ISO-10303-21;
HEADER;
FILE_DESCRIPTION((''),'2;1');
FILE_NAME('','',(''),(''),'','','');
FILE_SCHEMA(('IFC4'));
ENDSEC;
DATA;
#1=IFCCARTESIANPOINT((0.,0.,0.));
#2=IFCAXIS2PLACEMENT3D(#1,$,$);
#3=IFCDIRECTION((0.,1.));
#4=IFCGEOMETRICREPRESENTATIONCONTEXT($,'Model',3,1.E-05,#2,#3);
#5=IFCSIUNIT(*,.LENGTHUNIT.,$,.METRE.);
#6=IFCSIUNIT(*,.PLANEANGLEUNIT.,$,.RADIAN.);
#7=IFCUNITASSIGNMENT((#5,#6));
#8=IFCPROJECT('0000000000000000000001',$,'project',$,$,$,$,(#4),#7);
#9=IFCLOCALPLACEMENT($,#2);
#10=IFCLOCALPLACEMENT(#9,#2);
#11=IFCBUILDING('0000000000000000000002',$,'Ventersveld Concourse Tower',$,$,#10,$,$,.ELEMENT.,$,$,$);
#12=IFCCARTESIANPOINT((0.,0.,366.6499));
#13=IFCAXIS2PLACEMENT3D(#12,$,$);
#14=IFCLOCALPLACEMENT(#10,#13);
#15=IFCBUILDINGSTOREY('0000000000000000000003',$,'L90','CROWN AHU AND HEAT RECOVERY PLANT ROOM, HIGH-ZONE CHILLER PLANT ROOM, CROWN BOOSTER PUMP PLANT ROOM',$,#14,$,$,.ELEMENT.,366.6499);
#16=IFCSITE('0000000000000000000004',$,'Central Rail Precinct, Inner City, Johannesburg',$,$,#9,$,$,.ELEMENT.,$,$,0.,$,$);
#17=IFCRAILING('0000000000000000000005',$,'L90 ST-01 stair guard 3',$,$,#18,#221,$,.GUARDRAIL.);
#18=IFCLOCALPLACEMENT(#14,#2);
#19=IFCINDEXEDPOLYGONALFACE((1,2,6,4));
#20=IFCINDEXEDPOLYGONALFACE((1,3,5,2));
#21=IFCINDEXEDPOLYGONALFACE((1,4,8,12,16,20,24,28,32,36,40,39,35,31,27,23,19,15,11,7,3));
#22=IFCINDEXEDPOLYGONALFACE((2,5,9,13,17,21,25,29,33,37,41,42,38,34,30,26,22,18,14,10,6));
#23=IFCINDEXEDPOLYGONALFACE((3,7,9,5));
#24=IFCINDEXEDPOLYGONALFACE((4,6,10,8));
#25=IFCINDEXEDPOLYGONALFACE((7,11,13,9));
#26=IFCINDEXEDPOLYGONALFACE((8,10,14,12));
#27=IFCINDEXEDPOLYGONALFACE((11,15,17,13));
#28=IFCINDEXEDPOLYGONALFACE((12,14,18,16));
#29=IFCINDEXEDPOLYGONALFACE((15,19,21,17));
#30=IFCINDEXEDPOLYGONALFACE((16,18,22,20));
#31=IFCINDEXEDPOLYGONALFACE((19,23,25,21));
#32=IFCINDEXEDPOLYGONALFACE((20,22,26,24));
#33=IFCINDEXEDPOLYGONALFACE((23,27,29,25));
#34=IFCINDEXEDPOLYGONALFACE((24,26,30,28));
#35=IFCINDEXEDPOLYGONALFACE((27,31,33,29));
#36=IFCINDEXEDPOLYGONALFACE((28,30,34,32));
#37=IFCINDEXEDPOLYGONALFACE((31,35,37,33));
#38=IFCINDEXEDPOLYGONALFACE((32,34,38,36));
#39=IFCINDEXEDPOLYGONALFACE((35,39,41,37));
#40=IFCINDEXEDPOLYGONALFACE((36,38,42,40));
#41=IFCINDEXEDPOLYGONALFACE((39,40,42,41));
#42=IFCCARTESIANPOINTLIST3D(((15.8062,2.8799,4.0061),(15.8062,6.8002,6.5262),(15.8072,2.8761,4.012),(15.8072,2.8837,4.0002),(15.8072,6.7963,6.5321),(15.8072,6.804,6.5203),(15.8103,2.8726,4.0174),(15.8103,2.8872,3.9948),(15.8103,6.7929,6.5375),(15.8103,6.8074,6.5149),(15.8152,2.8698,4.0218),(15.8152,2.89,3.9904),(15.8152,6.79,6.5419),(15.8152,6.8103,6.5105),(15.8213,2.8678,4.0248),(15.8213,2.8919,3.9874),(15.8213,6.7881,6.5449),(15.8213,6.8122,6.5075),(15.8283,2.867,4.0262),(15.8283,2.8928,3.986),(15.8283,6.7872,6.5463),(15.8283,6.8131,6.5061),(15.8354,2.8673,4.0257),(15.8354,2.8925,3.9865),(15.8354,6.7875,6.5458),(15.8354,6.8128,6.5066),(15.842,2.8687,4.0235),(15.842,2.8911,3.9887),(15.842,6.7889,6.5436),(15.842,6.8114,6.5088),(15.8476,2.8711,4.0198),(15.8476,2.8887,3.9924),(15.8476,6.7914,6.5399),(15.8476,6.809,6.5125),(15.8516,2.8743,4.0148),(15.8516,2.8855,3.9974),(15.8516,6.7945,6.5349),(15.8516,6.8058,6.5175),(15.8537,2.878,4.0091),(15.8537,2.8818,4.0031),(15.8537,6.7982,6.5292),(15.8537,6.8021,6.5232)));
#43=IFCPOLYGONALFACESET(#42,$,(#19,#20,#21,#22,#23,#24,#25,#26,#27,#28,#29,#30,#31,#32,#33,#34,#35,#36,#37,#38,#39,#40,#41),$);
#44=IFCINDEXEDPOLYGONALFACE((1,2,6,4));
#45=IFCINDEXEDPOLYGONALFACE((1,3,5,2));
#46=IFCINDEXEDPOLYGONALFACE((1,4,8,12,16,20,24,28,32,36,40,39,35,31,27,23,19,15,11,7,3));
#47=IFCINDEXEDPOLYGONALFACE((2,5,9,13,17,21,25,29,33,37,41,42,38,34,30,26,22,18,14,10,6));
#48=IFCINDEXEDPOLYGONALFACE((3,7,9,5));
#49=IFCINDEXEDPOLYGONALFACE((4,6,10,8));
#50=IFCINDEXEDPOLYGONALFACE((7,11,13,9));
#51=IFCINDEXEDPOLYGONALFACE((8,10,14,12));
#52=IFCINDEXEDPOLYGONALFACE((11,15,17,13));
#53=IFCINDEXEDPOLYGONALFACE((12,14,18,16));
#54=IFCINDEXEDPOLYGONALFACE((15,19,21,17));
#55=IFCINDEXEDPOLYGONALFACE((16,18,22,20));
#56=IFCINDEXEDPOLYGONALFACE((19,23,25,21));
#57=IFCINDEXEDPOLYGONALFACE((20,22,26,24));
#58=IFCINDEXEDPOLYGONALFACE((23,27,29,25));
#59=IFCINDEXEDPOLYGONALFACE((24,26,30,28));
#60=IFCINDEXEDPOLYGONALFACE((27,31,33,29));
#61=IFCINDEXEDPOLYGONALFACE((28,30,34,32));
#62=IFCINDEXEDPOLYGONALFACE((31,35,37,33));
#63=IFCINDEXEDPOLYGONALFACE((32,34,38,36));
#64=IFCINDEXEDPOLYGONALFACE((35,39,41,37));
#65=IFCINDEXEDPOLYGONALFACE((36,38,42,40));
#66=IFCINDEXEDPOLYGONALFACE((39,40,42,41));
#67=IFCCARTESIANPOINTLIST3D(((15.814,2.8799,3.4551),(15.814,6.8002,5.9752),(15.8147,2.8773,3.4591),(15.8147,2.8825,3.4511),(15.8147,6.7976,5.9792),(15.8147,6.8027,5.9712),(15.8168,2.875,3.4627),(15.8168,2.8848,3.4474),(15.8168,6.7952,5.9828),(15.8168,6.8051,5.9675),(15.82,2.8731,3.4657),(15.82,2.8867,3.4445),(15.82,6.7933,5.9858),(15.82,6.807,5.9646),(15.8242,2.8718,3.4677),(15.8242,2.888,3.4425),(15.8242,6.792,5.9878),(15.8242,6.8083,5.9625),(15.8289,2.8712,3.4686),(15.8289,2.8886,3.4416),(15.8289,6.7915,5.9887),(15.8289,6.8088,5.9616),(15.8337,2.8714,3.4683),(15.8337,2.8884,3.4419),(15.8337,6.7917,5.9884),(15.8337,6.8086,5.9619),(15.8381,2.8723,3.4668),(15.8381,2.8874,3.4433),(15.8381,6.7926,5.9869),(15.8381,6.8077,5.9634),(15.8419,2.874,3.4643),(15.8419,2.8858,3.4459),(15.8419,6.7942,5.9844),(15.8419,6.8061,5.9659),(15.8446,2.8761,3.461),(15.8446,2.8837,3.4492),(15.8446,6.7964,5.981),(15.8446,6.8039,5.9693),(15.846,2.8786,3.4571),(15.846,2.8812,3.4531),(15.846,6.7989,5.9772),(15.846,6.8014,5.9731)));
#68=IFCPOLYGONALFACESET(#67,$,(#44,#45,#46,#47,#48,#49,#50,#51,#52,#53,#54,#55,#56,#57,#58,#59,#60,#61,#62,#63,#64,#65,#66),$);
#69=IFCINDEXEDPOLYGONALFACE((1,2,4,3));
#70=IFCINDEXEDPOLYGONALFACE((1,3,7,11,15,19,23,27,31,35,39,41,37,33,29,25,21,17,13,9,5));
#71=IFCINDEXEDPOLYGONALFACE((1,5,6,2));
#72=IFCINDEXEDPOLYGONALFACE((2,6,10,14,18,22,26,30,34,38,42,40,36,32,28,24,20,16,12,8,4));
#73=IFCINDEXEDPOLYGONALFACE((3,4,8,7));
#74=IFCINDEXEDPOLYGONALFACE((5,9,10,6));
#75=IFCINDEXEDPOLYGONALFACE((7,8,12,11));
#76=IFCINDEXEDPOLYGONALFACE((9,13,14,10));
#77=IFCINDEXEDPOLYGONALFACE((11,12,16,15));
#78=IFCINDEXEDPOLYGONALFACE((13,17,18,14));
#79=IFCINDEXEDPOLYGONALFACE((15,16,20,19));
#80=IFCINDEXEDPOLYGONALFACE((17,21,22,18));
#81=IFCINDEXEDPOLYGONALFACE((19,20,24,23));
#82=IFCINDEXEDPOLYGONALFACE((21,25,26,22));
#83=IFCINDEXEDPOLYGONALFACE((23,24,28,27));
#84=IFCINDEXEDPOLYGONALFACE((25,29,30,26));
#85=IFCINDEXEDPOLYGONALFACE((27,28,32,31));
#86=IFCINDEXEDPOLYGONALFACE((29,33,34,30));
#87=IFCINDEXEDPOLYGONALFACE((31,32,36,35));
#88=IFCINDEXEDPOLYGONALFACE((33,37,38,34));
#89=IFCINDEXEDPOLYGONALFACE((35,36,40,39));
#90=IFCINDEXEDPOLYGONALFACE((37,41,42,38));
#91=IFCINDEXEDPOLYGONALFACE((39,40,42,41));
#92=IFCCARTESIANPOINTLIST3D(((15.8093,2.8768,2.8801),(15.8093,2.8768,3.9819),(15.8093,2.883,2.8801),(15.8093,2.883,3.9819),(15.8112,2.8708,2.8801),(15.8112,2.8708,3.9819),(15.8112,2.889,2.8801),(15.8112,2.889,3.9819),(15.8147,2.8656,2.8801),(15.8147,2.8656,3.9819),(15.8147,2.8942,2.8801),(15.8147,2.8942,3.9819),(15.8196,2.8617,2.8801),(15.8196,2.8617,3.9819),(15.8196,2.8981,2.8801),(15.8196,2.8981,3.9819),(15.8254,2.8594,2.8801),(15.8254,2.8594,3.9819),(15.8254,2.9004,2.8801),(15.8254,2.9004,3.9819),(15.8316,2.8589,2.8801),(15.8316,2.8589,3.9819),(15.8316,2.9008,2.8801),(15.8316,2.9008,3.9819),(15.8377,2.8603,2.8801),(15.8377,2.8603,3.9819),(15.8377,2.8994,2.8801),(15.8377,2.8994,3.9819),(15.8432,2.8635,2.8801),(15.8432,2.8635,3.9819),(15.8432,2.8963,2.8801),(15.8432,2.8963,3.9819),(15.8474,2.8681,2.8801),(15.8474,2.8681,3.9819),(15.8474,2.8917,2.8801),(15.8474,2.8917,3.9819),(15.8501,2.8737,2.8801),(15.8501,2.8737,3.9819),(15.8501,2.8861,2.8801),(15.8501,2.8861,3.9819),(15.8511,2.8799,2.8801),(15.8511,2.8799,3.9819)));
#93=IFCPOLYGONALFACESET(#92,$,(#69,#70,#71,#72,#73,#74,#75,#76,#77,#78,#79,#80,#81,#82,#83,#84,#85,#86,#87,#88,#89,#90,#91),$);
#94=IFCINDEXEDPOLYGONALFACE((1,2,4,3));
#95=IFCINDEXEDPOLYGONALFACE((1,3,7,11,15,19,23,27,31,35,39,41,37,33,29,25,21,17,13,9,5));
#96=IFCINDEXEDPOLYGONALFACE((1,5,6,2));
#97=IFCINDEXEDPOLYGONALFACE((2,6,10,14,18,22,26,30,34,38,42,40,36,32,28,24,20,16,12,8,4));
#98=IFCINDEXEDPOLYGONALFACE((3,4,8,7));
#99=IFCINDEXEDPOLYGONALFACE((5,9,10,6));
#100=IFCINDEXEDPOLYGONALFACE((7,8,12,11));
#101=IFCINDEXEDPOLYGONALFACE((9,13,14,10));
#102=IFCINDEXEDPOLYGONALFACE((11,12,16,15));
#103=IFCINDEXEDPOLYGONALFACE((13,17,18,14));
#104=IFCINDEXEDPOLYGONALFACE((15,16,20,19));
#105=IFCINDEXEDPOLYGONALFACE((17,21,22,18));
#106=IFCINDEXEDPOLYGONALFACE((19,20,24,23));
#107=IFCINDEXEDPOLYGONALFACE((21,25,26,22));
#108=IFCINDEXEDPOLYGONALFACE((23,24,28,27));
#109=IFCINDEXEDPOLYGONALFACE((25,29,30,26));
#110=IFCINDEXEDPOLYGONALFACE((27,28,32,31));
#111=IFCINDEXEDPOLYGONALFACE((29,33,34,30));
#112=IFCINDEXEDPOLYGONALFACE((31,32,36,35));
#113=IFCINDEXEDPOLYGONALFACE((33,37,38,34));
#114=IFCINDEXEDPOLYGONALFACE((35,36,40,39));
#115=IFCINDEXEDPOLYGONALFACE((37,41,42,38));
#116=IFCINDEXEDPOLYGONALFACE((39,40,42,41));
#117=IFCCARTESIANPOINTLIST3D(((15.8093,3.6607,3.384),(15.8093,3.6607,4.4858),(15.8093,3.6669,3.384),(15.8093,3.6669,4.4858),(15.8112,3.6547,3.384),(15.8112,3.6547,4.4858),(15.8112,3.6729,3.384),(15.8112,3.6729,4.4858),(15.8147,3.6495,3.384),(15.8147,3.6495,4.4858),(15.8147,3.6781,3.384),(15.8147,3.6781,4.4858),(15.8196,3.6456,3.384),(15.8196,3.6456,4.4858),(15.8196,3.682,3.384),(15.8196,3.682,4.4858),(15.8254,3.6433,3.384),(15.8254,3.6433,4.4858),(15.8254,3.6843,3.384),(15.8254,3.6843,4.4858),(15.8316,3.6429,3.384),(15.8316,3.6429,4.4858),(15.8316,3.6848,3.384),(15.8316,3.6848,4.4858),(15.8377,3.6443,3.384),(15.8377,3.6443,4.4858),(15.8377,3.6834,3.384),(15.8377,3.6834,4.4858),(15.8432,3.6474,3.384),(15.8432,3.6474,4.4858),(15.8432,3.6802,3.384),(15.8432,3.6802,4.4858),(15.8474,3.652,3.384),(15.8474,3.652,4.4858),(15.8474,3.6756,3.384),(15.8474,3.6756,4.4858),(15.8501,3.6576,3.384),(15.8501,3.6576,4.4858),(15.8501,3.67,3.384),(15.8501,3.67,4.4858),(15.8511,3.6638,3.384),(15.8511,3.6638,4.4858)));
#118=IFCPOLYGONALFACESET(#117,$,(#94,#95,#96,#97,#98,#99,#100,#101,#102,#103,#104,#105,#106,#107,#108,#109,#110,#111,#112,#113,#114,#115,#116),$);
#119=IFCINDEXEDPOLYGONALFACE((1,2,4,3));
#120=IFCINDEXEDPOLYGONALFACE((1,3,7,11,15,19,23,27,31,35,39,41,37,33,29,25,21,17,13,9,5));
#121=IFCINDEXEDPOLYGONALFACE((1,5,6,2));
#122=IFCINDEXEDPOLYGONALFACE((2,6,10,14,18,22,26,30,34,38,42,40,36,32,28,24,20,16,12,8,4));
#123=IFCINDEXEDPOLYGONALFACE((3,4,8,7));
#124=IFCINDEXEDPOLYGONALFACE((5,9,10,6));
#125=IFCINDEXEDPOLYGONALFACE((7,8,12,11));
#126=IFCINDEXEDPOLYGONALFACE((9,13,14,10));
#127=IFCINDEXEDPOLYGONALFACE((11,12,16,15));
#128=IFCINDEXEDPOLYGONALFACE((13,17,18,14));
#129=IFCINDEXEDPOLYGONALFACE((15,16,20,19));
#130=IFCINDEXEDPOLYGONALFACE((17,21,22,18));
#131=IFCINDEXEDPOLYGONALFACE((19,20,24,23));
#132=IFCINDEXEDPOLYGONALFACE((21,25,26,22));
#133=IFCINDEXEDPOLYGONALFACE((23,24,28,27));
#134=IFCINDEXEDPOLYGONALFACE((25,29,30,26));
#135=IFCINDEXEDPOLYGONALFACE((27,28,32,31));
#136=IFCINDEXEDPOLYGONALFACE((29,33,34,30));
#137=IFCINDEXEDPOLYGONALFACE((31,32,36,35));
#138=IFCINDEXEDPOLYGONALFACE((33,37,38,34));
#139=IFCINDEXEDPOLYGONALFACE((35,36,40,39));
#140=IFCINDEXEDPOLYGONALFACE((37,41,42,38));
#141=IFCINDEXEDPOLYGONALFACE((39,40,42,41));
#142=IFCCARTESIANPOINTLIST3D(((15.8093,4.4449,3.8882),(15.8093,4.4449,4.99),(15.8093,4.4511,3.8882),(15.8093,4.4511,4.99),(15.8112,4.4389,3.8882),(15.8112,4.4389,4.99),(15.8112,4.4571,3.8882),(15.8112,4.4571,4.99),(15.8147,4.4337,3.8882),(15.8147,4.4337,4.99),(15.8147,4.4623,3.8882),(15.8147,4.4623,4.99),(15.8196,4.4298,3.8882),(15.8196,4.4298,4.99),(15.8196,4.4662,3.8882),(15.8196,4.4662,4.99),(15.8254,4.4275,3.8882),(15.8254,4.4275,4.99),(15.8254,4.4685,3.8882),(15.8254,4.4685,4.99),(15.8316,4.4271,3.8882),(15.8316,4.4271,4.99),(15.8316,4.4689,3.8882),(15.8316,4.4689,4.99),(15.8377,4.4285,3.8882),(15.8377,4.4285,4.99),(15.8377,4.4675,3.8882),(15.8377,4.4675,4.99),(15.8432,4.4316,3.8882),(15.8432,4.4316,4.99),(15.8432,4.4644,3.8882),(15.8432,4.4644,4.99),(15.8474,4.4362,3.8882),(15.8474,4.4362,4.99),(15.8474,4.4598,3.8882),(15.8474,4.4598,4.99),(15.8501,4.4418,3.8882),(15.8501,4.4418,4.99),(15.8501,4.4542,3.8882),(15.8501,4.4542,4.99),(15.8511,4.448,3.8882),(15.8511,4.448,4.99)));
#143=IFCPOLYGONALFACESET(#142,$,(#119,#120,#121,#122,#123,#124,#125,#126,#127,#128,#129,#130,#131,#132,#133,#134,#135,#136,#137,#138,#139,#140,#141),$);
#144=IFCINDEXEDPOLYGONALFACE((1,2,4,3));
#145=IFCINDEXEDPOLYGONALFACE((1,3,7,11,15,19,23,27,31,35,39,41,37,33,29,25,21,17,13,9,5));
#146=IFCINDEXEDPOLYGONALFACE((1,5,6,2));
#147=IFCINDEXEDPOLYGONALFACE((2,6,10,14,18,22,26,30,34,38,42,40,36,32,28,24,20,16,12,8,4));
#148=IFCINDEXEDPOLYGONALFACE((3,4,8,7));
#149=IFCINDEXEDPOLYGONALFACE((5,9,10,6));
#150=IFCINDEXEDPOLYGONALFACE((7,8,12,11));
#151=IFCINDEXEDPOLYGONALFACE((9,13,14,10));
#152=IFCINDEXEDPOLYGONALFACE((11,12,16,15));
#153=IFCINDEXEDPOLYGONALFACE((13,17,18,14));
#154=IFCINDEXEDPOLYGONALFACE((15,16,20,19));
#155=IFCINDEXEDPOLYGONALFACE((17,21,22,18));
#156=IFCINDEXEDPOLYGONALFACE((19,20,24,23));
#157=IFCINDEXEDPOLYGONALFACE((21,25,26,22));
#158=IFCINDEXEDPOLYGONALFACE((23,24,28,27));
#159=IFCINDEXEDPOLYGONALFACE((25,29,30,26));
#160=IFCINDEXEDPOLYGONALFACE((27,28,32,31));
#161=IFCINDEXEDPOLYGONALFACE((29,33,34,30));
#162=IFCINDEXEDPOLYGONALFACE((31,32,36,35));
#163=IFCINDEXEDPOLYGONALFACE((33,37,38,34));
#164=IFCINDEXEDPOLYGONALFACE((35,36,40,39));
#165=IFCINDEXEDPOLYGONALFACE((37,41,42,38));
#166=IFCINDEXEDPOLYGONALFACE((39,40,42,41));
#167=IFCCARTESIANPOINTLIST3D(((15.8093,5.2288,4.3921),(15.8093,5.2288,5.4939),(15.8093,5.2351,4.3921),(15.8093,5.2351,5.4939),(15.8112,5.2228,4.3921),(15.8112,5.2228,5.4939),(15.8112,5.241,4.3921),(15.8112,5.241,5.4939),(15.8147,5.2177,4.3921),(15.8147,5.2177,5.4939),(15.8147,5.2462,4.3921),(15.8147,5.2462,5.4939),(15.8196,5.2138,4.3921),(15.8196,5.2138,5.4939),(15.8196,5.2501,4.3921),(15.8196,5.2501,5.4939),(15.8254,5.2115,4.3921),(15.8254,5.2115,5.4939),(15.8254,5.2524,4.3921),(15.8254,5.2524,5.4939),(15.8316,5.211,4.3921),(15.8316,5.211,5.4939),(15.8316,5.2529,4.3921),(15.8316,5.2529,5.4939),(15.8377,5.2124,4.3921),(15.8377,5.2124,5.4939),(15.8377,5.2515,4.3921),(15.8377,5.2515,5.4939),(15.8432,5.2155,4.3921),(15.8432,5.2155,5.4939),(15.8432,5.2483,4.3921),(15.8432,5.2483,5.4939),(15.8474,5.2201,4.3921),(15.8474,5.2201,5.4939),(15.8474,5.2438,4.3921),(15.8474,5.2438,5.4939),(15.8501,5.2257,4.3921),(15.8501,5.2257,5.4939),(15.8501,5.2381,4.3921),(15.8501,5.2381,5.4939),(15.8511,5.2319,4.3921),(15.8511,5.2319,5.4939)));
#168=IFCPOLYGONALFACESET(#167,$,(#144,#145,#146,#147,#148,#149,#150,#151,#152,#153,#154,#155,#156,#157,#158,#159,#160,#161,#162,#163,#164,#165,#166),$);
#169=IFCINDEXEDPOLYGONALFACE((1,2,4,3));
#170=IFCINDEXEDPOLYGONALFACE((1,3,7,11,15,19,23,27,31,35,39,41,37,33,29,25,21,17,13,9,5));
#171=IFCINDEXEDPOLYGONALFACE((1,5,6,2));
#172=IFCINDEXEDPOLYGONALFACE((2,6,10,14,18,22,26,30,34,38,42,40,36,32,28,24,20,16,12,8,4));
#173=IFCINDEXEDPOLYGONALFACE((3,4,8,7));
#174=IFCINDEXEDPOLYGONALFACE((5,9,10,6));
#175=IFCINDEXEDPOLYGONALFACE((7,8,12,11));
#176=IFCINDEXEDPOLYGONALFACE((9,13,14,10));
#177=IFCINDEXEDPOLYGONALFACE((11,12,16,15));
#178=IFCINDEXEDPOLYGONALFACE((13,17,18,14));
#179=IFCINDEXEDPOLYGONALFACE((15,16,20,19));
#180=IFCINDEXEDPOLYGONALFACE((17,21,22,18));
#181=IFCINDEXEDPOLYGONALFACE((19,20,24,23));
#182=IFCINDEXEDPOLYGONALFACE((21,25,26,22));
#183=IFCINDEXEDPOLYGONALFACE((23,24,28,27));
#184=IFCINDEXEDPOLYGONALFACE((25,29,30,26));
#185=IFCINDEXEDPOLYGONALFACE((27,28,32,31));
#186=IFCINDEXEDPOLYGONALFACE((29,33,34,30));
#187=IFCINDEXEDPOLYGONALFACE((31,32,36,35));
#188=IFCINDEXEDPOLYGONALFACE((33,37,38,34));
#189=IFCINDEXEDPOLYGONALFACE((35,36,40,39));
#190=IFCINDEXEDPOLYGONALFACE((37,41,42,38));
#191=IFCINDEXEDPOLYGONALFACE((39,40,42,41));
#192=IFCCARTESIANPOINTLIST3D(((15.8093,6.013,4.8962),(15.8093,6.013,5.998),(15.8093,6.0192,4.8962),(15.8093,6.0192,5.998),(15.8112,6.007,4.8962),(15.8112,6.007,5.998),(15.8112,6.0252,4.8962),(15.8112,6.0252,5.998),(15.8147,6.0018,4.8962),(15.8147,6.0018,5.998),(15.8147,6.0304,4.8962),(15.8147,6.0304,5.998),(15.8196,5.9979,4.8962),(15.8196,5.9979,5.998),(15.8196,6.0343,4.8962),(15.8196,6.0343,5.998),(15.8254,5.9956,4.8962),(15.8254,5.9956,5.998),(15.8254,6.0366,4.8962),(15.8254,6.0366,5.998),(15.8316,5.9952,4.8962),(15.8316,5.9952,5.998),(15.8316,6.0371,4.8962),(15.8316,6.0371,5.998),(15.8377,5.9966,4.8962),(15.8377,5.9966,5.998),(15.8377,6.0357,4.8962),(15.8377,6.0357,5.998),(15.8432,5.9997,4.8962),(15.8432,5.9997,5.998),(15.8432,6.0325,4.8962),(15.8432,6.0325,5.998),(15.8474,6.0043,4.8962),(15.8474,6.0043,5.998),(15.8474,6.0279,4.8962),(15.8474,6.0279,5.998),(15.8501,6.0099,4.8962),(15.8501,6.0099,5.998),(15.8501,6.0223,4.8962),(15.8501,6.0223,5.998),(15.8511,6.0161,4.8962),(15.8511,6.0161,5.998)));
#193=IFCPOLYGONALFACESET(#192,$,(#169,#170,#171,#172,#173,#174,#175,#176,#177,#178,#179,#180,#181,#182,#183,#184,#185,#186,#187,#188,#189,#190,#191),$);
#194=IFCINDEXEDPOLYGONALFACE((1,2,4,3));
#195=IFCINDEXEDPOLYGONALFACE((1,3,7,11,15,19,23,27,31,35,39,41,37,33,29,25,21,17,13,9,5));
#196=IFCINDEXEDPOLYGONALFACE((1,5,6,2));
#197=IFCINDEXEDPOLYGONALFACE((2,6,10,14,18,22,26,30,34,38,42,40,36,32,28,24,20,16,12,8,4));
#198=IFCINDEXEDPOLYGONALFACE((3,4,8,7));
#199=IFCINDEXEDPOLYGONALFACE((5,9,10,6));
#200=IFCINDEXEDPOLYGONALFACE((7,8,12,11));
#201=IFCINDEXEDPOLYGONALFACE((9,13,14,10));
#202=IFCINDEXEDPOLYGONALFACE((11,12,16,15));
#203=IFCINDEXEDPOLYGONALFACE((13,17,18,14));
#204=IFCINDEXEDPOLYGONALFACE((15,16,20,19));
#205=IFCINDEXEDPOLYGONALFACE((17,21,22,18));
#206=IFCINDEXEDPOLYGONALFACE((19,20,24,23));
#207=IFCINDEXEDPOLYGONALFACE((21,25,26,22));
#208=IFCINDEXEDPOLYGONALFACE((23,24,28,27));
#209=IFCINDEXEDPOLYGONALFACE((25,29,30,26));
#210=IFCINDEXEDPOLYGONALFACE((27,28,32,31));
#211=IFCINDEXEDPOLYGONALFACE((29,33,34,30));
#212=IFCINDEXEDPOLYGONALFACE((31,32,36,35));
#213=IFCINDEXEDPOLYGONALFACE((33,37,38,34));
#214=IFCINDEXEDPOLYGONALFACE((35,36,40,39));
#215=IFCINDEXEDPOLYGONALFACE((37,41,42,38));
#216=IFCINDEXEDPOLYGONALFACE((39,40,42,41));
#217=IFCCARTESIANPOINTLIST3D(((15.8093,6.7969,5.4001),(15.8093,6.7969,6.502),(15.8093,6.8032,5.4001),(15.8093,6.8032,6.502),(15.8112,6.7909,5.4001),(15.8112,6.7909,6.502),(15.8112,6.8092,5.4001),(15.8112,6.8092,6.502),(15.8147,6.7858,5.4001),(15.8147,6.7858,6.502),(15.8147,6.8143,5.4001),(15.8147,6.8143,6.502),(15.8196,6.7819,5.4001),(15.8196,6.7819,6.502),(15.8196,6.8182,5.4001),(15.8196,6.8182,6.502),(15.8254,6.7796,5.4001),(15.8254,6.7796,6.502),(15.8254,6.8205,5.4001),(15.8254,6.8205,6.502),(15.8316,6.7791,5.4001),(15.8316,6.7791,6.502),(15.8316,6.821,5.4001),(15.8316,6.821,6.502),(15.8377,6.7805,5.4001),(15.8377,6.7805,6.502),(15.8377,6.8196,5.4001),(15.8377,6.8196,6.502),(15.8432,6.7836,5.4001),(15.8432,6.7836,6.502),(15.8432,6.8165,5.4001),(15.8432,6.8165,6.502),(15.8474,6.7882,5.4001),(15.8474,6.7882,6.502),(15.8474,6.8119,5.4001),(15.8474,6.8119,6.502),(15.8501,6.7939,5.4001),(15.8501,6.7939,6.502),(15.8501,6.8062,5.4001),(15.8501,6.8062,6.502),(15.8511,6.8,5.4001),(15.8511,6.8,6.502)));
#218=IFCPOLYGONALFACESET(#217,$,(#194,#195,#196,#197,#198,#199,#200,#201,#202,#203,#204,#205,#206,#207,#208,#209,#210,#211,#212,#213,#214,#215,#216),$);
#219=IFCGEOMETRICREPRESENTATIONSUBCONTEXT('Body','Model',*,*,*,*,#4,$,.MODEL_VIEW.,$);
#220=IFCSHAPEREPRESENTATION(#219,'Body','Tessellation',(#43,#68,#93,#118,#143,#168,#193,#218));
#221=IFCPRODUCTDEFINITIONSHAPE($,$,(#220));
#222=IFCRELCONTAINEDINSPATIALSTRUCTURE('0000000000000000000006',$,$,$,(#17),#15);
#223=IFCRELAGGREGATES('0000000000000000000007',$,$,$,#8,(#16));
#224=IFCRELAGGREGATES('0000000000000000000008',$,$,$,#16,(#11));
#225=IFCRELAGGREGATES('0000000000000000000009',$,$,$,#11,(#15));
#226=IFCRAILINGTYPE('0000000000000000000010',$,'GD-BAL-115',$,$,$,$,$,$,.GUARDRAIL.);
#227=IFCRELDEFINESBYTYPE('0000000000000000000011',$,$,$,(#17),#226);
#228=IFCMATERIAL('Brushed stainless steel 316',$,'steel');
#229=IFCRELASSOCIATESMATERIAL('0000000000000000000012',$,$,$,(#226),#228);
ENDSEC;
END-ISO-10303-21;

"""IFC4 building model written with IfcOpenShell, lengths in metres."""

from ifc_helpers import new_model, si_unit, direction, frame, origin, origin_2d, place, context, subcontext, project, spatial, circle, extrude, material, type_object, element, save


model = new_model("IFC4")

# Units and contexts
model_context = context("Model", 3, precision=1e-05, world=origin(), true_north=direction((0.0, 1.0)))
body_context = subcontext(model_context, "Body", "Model", "MODEL_VIEW")
ifc_project = project(units=[si_unit("LENGTHUNIT", "METRE"), si_unit("PLANEANGLEUNIT", "RADIAN")], contexts=[model_context])

# Site, building, storey
site_placement = place(None, origin())
site = spatial("IfcSite", under=ifc_project, at=site_placement, Name="Central Rail Precinct, Inner City, Johannesburg", CompositionType="ELEMENT", RefElevation=0.0)
building_placement = place(site_placement, origin())
building = spatial("IfcBuilding", under=site, at=building_placement, Name="Ventersveld Concourse Tower", CompositionType="ELEMENT")
storey_placement = place(building_placement, frame((0.0, 0.0, 366.6499)))
storey = spatial("IfcBuildingStorey", under=building, at=storey_placement, Name="L90", Description="CROWN AHU AND HEAT RECOVERY PLANT ROOM, HIGH-ZONE CHILLER PLANT ROOM, CROWN BOOSTER PUMP PLANT ROOM", CompositionType="ELEMENT", Elevation=366.6499)

# Shared definitions
ifc_material_1 = material(Name="Brushed stainless steel 316", Category="steel")

# Railing
railing_type_1 = type_object("IfcRailingType", Name="GD-BAL-115", PredefinedType="GUARDRAIL", material=ifc_material_1)
railing_1_placement = place(storey_placement, frame((15.8301, 2.8799, 2.8801)))
element("IfcRailing", 1, at=railing_1_placement, inside=storey, type_object=railing_type_1, Name="L90 ST-01 stair guard 3", PredefinedType="GUARDRAIL", context=body_context, shape_type="SweptSolid", body=[
    extrude(circle(Radius=0.0239, at=origin_2d()), frame((0.0, 0.0, 1.126), z_axis=(0.0, 0.841187, 0.540744), x_axis=(-1.0, 0.0, 0.0)), (0.0, 0.0, 1.0), 4.6604),
    extrude(circle(Radius=0.0161, at=origin_2d()), frame((0.0, 0.0, 0.575), z_axis=(0.0, 0.841187, 0.540744), x_axis=(-1.0, 0.0, 0.0)), (0.0, 0.0, 1.0), 4.6604),
    extrude(circle(Radius=0.021, at=origin_2d()), origin(), (0.0, 0.0, 1.0), 1.1018),
    extrude(circle(Radius=0.021, at=origin_2d()), frame((0.0, 0.7839, 0.5039)), (0.0, 0.0, 1.0), 1.1018),
    extrude(circle(Radius=0.021, at=origin_2d()), frame((0.0, 1.5681, 1.0081)), (0.0, 0.0, 1.0), 1.1018),
    extrude(circle(Radius=0.021, at=origin_2d()), frame((0.0, 2.3521, 1.512)), (0.0, 0.0, 1.0), 1.1018),
    extrude(circle(Radius=0.021, at=origin_2d()), frame((0.0, 3.1362, 2.0161)), (0.0, 0.0, 1.0), 1.1018),
    extrude(circle(Radius=0.021, at=origin_2d()), frame((0.0, 3.9202, 2.52)), (0.0, 0.0, 1.0), 1.1018),
])

save(model, "model.ifc")
